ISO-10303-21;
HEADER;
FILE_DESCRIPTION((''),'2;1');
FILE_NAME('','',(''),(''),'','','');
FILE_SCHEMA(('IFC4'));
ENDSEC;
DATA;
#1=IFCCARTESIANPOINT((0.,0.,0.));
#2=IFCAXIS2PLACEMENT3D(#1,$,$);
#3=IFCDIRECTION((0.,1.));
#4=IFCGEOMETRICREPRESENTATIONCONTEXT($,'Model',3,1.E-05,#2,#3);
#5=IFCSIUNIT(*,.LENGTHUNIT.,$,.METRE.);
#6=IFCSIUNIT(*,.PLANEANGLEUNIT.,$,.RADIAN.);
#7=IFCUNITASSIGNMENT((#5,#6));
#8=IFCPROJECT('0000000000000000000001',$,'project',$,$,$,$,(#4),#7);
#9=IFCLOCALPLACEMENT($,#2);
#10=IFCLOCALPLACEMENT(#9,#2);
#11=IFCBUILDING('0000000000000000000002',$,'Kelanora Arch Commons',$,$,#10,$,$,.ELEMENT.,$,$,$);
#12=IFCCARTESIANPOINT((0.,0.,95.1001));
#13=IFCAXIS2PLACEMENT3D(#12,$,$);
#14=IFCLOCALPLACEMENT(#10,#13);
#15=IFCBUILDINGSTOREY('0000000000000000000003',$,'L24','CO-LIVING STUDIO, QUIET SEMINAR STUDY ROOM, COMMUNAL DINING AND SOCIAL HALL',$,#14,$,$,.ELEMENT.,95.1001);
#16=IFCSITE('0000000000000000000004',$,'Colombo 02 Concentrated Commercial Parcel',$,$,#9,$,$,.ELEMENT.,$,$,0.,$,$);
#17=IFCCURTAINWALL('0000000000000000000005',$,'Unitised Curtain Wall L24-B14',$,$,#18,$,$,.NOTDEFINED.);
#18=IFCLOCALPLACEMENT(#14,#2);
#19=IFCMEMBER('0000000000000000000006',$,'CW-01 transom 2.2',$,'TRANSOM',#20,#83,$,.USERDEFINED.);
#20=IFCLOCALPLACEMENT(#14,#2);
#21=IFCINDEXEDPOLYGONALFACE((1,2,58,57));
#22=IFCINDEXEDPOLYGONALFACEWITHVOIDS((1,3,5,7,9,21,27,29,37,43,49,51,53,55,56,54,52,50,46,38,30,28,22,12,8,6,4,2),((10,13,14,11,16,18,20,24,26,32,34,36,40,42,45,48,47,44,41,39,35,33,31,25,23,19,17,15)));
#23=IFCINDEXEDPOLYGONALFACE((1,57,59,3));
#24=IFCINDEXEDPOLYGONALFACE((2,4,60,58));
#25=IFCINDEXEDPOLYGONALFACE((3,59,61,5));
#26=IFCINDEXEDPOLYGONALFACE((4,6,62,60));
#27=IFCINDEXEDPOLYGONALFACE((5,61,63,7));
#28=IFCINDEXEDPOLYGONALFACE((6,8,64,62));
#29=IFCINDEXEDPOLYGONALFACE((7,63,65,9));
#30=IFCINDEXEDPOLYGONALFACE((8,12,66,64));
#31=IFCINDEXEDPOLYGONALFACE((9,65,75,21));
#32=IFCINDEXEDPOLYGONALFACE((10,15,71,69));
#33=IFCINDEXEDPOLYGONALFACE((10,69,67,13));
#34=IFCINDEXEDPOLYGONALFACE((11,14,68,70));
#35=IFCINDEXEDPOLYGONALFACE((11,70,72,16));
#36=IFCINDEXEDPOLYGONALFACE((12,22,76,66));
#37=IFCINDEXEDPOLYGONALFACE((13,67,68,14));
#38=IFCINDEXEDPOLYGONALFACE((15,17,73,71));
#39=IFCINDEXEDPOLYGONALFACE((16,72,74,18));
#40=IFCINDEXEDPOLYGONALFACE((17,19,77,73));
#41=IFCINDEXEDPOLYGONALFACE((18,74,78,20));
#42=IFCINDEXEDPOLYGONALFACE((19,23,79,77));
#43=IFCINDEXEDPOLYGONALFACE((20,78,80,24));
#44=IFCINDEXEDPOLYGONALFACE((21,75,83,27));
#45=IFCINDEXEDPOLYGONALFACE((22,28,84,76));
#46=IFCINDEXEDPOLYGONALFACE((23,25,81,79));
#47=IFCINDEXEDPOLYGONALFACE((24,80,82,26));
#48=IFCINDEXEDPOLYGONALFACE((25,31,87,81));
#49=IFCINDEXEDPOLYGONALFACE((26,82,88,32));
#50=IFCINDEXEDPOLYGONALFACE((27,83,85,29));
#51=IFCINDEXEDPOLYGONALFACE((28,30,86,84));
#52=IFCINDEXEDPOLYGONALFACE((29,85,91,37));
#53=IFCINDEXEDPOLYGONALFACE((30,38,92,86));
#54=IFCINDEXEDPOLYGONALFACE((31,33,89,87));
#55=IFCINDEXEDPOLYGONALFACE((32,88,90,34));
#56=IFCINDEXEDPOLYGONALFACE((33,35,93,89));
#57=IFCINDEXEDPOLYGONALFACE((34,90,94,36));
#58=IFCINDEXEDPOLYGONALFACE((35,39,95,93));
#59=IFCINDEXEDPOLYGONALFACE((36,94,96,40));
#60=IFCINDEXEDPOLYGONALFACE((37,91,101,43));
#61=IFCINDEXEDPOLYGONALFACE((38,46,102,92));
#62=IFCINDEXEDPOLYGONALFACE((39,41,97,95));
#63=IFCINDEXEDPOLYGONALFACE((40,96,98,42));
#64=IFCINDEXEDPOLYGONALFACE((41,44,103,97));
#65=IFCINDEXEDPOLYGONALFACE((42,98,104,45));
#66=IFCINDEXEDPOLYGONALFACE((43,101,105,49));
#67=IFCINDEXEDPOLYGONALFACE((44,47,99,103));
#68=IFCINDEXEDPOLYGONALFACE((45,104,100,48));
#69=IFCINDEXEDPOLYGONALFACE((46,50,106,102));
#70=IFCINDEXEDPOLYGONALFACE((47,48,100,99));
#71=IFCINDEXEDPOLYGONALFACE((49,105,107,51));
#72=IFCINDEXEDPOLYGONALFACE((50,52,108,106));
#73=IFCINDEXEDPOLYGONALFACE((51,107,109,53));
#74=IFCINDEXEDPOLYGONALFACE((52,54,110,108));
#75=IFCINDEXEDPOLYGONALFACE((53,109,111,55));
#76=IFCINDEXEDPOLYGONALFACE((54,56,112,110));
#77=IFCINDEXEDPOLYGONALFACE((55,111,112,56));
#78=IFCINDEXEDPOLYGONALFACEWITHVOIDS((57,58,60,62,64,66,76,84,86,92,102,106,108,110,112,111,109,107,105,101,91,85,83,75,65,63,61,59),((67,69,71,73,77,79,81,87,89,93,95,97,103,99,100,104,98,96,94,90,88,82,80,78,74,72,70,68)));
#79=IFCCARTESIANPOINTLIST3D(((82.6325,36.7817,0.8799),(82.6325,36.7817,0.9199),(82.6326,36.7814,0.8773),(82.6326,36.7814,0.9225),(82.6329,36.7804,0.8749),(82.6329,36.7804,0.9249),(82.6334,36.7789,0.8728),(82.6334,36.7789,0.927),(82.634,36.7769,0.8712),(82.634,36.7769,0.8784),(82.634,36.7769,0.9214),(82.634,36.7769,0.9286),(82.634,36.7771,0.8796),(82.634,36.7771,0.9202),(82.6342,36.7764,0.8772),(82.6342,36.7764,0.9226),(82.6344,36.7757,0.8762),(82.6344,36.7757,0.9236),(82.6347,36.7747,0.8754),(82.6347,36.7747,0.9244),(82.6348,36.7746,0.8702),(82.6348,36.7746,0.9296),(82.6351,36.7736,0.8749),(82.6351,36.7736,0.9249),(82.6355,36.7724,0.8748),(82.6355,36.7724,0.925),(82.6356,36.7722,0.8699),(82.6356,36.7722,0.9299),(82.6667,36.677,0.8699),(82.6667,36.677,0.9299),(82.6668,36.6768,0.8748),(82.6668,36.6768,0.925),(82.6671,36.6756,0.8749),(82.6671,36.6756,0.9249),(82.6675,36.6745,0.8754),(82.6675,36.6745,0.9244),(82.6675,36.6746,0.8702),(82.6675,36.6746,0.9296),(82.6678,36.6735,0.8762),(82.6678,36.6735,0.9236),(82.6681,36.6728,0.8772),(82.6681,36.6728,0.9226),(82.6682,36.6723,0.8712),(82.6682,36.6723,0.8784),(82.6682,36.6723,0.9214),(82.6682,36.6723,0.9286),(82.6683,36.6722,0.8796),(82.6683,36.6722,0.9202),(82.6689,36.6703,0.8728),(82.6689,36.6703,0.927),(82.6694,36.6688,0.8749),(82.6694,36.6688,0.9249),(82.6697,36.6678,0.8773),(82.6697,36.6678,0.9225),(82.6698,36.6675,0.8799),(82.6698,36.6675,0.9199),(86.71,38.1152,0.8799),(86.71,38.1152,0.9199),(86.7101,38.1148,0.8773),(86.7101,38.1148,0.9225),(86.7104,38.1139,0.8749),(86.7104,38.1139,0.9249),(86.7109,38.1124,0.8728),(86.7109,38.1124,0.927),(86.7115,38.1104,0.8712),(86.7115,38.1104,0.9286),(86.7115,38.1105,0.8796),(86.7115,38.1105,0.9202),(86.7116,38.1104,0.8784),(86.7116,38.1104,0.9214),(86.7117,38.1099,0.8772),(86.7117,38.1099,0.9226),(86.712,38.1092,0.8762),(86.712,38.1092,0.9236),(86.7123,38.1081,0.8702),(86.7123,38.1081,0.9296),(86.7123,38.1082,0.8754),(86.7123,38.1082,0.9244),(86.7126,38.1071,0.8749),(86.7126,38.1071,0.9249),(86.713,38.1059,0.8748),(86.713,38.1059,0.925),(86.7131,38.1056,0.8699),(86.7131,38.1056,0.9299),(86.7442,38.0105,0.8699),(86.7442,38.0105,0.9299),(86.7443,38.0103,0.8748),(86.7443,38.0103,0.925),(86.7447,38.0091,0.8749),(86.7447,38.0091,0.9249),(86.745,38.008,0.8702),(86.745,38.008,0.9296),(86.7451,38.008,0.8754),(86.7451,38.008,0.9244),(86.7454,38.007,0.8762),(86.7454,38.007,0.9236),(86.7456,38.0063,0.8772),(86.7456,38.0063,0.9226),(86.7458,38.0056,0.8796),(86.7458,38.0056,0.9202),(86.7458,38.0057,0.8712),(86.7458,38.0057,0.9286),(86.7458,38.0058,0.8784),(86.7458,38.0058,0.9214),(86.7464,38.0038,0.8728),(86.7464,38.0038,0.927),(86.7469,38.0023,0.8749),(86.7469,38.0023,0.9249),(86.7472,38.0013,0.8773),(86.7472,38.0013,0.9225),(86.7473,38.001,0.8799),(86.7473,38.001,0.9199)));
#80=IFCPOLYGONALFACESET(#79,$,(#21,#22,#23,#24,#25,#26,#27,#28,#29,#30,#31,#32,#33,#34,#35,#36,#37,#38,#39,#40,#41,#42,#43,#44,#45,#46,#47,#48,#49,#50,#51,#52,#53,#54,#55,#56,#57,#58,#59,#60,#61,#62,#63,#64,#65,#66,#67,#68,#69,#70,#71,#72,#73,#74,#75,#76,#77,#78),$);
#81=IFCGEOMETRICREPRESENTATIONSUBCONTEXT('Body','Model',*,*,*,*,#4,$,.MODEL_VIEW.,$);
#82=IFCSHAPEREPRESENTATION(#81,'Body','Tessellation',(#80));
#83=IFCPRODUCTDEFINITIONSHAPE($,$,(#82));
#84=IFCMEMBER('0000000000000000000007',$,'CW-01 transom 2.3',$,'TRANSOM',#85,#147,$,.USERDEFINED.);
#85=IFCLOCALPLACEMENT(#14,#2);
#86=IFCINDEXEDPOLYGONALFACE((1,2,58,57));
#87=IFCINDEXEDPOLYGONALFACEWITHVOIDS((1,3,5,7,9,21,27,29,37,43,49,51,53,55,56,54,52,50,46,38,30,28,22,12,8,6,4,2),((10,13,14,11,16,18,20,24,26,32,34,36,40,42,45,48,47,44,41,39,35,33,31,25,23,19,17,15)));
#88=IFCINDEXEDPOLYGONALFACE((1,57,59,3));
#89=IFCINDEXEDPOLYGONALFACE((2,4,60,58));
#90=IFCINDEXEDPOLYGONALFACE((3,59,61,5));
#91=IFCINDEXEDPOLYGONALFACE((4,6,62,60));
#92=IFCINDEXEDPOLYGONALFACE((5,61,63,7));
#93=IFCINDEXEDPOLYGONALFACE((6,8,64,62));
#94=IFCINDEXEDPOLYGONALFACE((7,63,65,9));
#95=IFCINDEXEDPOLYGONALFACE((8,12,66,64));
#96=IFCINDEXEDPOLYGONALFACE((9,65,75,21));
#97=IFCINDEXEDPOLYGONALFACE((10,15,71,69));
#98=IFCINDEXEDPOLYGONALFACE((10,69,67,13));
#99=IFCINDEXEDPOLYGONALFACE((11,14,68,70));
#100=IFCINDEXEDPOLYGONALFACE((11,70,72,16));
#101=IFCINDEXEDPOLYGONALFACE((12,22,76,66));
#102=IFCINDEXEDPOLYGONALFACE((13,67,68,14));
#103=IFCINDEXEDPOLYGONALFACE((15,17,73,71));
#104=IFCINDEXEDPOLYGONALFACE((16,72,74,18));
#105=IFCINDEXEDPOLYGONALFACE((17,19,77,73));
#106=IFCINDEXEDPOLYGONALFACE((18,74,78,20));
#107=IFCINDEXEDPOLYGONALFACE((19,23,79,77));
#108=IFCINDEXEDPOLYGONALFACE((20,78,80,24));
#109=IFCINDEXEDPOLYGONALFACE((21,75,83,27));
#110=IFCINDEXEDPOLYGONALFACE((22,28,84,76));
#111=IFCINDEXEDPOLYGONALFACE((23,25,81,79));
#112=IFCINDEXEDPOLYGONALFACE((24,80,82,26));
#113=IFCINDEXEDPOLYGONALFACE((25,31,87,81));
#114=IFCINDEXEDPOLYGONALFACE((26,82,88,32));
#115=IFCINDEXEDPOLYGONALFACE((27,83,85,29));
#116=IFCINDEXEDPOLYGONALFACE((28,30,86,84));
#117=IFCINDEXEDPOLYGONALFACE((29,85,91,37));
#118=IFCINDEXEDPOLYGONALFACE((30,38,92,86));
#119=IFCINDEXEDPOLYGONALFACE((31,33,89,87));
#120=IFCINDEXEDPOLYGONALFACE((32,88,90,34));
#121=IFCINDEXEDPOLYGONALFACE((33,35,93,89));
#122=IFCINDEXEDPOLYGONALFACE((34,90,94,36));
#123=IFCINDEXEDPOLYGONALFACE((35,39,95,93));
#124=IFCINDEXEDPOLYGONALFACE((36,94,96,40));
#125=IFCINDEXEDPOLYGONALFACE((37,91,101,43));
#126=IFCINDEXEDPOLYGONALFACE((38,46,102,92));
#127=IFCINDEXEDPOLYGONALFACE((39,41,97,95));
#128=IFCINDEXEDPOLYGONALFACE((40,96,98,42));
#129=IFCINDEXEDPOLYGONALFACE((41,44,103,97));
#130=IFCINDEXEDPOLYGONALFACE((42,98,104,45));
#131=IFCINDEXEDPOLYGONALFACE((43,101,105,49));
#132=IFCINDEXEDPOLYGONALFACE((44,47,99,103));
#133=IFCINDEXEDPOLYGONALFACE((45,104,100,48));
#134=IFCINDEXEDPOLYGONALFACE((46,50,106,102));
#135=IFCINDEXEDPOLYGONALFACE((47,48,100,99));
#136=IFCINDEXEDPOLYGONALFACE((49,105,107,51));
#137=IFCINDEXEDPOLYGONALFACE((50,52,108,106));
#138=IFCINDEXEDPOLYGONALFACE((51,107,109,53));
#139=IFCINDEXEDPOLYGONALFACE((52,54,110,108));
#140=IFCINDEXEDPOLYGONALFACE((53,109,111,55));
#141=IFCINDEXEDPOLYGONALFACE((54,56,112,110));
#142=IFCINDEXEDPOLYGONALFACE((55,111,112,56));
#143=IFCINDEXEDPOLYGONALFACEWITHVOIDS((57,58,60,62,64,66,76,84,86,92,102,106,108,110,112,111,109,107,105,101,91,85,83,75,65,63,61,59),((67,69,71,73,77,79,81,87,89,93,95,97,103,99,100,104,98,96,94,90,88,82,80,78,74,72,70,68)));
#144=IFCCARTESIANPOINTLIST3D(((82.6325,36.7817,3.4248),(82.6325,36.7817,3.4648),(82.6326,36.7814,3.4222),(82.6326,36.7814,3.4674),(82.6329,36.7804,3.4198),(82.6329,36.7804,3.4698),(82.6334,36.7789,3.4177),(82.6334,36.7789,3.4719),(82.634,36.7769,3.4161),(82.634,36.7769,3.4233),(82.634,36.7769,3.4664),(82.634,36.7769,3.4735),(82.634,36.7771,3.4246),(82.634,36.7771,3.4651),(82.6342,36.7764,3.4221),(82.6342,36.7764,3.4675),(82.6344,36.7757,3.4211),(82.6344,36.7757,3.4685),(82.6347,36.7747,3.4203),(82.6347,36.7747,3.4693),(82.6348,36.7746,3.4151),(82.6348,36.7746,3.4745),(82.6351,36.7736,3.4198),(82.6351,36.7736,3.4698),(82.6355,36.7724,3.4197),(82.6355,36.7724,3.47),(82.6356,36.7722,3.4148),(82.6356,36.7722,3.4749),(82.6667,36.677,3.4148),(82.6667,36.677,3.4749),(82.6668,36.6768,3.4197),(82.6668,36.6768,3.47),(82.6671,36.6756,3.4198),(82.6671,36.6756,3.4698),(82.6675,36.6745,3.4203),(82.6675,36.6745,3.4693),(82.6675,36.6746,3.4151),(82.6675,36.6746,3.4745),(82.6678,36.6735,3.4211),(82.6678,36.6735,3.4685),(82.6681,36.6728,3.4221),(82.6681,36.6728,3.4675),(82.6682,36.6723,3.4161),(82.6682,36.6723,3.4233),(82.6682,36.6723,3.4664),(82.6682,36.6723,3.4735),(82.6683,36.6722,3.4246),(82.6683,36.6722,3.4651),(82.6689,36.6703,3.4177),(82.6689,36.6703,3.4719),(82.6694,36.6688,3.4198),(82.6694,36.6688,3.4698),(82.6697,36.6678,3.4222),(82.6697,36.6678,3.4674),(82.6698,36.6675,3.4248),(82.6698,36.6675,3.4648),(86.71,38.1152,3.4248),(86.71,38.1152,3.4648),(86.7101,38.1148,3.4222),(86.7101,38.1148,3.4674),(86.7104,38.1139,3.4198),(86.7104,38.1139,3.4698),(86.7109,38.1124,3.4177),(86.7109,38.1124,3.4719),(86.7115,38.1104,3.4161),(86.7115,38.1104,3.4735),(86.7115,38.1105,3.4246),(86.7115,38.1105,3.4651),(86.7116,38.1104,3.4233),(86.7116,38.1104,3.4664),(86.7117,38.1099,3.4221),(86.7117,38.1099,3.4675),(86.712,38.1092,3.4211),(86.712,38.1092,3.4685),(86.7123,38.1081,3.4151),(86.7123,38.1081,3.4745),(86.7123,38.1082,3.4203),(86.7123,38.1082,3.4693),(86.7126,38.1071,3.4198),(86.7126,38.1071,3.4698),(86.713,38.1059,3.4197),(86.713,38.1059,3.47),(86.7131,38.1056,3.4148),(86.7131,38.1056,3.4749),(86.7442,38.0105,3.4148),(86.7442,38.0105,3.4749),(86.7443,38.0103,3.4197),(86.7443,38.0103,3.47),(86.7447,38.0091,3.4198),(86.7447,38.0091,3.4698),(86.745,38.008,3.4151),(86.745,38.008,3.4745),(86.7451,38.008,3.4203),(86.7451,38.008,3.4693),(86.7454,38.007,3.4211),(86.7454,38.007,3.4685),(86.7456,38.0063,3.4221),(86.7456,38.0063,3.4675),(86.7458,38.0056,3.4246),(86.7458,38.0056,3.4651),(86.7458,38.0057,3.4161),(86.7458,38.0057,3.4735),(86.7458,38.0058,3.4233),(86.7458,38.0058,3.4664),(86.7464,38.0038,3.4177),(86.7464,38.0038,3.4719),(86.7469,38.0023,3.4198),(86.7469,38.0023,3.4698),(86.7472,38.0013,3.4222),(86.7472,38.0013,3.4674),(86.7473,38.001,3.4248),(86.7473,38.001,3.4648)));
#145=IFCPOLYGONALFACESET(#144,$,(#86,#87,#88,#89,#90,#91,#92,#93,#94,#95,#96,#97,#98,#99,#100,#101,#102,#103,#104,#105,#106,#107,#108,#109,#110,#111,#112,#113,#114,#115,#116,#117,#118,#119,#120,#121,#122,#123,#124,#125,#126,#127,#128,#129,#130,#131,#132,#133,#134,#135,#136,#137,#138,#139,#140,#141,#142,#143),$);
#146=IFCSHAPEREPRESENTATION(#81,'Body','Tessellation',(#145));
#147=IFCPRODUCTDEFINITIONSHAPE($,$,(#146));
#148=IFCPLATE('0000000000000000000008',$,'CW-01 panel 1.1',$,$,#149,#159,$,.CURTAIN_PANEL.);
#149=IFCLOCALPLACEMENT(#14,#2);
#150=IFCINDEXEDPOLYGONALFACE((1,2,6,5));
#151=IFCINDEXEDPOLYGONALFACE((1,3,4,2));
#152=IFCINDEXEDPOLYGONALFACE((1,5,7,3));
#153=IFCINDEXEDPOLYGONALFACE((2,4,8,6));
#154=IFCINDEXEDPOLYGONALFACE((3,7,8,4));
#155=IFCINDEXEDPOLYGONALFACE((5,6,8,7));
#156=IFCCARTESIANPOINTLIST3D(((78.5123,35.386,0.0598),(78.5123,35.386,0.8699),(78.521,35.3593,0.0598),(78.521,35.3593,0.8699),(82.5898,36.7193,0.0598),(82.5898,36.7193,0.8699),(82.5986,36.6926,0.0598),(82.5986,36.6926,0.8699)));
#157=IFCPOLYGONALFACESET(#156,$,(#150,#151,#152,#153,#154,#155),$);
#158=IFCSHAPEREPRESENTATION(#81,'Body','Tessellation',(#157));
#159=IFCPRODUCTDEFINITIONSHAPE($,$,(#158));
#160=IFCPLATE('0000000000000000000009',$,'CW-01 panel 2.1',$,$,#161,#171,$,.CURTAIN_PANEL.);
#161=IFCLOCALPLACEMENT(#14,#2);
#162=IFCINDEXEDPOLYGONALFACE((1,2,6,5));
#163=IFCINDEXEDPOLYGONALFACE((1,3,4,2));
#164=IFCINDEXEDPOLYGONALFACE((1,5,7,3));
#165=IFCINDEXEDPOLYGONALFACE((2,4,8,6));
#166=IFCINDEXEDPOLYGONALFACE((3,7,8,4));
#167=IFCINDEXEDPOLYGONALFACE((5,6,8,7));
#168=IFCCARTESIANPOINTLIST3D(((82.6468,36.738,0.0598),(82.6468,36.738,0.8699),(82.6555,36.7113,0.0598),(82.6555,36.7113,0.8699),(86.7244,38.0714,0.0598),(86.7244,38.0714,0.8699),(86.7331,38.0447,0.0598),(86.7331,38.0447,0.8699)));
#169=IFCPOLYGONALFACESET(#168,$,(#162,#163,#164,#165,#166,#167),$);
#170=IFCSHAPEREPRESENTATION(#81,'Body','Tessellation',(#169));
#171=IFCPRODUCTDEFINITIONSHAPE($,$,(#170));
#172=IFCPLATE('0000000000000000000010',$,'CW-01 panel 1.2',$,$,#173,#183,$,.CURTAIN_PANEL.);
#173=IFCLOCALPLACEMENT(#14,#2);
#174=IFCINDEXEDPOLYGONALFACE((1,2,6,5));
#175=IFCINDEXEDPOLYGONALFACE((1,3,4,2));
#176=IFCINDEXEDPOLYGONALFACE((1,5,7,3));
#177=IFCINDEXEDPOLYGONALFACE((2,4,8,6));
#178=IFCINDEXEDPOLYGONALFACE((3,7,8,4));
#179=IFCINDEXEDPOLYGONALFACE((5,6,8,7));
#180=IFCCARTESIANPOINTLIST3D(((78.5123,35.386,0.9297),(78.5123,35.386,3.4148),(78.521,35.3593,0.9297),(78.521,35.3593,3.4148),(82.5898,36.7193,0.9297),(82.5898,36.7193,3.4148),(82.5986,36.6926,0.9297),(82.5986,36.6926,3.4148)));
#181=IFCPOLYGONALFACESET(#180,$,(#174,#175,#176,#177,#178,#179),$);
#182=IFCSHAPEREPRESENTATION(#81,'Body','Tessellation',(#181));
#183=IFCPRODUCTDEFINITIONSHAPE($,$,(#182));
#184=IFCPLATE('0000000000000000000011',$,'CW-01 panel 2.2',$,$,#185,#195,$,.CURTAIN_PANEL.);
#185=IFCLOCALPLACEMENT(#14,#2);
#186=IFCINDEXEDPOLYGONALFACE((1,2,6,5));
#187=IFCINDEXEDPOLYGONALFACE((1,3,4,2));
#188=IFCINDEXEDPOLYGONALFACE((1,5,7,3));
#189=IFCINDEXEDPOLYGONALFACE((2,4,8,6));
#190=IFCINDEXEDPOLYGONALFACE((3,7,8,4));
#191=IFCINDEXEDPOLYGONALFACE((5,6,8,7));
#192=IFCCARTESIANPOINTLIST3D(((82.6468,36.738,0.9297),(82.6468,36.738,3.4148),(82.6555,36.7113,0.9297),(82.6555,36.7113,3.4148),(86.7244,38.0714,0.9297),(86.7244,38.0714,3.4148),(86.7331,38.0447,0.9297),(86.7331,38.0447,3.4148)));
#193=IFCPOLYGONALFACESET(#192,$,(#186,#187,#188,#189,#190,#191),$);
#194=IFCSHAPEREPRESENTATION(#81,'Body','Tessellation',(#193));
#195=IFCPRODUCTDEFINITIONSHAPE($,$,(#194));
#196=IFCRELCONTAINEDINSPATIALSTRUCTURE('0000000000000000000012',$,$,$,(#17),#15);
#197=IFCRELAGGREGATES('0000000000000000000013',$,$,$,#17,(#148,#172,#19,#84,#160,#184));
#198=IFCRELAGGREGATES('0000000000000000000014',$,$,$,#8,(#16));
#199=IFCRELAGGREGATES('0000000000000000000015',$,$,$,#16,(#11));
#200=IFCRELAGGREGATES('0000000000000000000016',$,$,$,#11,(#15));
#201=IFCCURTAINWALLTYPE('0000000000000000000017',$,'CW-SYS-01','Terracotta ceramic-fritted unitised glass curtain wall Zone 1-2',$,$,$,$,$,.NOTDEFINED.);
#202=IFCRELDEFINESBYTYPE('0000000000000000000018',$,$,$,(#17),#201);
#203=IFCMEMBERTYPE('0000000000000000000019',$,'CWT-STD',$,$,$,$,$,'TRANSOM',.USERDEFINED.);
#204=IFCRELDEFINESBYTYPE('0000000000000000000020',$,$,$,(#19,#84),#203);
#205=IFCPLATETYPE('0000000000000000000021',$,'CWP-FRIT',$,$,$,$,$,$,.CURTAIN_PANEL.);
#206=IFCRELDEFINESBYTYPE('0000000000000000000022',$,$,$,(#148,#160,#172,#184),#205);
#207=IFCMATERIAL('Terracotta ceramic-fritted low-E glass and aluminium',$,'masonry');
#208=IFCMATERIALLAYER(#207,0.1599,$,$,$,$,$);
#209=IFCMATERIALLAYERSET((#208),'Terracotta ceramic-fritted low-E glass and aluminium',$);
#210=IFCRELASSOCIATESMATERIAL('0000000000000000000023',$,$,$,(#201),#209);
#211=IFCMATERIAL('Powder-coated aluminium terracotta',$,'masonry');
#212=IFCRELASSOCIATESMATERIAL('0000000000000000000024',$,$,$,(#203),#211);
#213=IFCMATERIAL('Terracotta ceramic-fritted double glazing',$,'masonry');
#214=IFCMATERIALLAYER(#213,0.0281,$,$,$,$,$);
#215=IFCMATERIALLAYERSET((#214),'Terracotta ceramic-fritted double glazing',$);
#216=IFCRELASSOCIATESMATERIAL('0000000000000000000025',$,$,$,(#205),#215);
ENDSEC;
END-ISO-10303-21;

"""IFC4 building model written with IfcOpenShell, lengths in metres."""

from ifc_helpers import new_model, si_unit, direction, frame, origin, origin_2d, place, context, subcontext, project, spatial, rectangle, hollow_rectangle, extrude, source, transform, mapped, material, layer, layer_set, material_profile, profile_set, type_object, element, aggregate, save


model = new_model("IFC4")

# Units and contexts
model_context = context("Model", 3, precision=1e-05, world=origin(), true_north=direction((0.0, 1.0)))
body_context = subcontext(model_context, "Body", "Model", "MODEL_VIEW")
ifc_project = project(units=[si_unit("LENGTHUNIT", "METRE"), si_unit("PLANEANGLEUNIT", "RADIAN")], contexts=[model_context])

# Site, building, storey
site_placement = place(None, origin())
site = spatial("IfcSite", under=ifc_project, at=site_placement, Name="Colombo 02 Concentrated Commercial Parcel", CompositionType="ELEMENT", RefElevation=0.0)
building_placement = place(site_placement, origin())
building = spatial("IfcBuilding", under=site, at=building_placement, Name="Kelanora Arch Commons", CompositionType="ELEMENT")
storey_placement = place(building_placement, frame((0.0, 0.0, 95.1001)))
storey = spatial("IfcBuildingStorey", under=building, at=storey_placement, Name="L24", Description="CO-LIVING STUDIO, QUIET SEMINAR STUDY ROOM, COMMUNAL DINING AND SOCIAL HALL", CompositionType="ELEMENT", Elevation=95.1001)

# Curtain wall, members, plates
ifc_material_1 = material(Name="Terracotta ceramic-fritted low-E glass and aluminium", Category="masonry")
ifc_layer_1 = layer(ifc_material_1, 0.1599)
ifc_layer_set_1 = layer_set([ifc_layer_1], Name="Terracotta ceramic-fritted low-E glass and aluminium")
curtain_wall_type = type_object("IfcCurtainWallType", Name="CW-SYS-01", Description="Terracotta ceramic-fritted unitised glass curtain wall Zone 1-2", PredefinedType="NOTDEFINED", material=ifc_layer_set_1)
curtain_wall_placement = place(storey_placement, origin())
curtain_wall = element("IfcCurtainWall", 1, at=curtain_wall_placement, inside=storey, type_object=curtain_wall_type, Name="Unitised Curtain Wall L24-B14", PredefinedType="NOTDEFINED")
ifc_material_2 = material(Name="Powder-coated aluminium terracotta", Category="masonry")
ifc_material_profile_1 = material_profile(ifc_material_2, hollow_rectangle(XDim=0.1201, YDim=0.0601, WallThickness=0.0049, InnerFilletRadius=0.0049, OuterFilletRadius=0.01, at=origin_2d()), Name="CWT120x60")
ifc_profile_set_1 = profile_set([ifc_material_profile_1], Name="Powder-coated aluminium terracotta")
member_type_1 = type_object("IfcMemberType", Name="CWT-STD", ElementType="TRANSOM", PredefinedType="USERDEFINED", material=ifc_profile_set_1)
member_1_placement = place(storey_placement, frame((82.6511, 36.7246, 0.8999), z_axis=(0.950466, 0.310828, 0.0), x_axis=(-0.310828, 0.950466, 0.0)))
member_1 = element("IfcMember", 2, at=member_1_placement, type_object=member_type_1, Name="CW-01 transom 2.2", ObjectType="TRANSOM", PredefinedType="USERDEFINED", context=body_context, shape_type="SweptSolid", body=[
    extrude(hollow_rectangle(XDim=0.1201, YDim=0.0601, WallThickness=0.0049, InnerFilletRadius=0.0049, OuterFilletRadius=0.01, at=origin_2d()), origin(), (0.0, 0.0, 1.0), 4.29),
])
member_2_placement = place(storey_placement, frame((82.6511, 36.7246, 3.4448), z_axis=(0.950466, 0.310828, 0.0), x_axis=(-0.310828, 0.950466, 0.0)))
member_2 = element("IfcMember", 3, at=member_2_placement, type_object=member_type_1, Name="CW-01 transom 2.3", ObjectType="TRANSOM", PredefinedType="USERDEFINED", context=body_context, shape_type="SweptSolid", body=[
    extrude(hollow_rectangle(XDim=0.1201, YDim=0.0601, WallThickness=0.0049, InnerFilletRadius=0.0049, OuterFilletRadius=0.01, at=origin_2d()), origin(), (0.0, 0.0, 1.0), 4.29),
])
ifc_material_3 = material(Name="Terracotta ceramic-fritted double glazing", Category="masonry")
ifc_layer_2 = layer(ifc_material_3, 0.0281)
ifc_layer_set_2 = layer_set([ifc_layer_2], Name="Terracotta ceramic-fritted double glazing")
plate_type = type_object("IfcPlateType", Name="CWP-FRIT", PredefinedType="CURTAIN_PANEL", material=ifc_layer_set_2)
shared_shape_1 = source(origin(), body_context, "Body", "SweptSolid", [
    extrude(rectangle(XDim=4.29, YDim=0.0281, at=origin_2d()), origin(), (0.0, 0.0, 1.0), 0.8101),
])
plate_1_placement = place(storey_placement, frame((80.5554, 36.0393, 0.0598), z_axis=(0.0, 0.0, 1.0), x_axis=(0.950474, 0.310805, 0.0)))
plate_1 = element("IfcPlate", 4, at=plate_1_placement, type_object=plate_type, Name="CW-01 panel 1.1", PredefinedType="CURTAIN_PANEL", context=body_context, shape_type="MappedRepresentation", body=[
    mapped(shared_shape_1, transform((0.0, 0.0, 0.0), scale=1.0)),
])
plate_2_placement = place(storey_placement, frame((84.6899, 37.3914, 0.0598), z_axis=(0.0, 0.0, 1.0), x_axis=(0.950474, 0.310805, 0.0)))
plate_2 = element("IfcPlate", 5, at=plate_2_placement, type_object=plate_type, Name="CW-01 panel 2.1", PredefinedType="CURTAIN_PANEL", context=body_context, shape_type="MappedRepresentation", body=[
    mapped(shared_shape_1, transform((0.0, 0.0, 0.0), scale=1.0)),
])
shared_shape_2 = source(origin(), body_context, "Body", "SweptSolid", [
    extrude(rectangle(XDim=4.29, YDim=0.0281, at=origin_2d()), origin(), (0.0, 0.0, 1.0), 2.4851),
])
plate_3_placement = place(storey_placement, frame((80.5554, 36.0393, 0.9297), z_axis=(0.0, 0.0, 1.0), x_axis=(0.950474, 0.310805, 0.0)))
plate_3 = element("IfcPlate", 6, at=plate_3_placement, type_object=plate_type, Name="CW-01 panel 1.2", PredefinedType="CURTAIN_PANEL", context=body_context, shape_type="MappedRepresentation", body=[
    mapped(shared_shape_2, transform((0.0, 0.0, 0.0), scale=1.0)),
])
plate_4_placement = place(storey_placement, frame((84.6899, 37.3914, 0.9297), z_axis=(0.0, 0.0, 1.0), x_axis=(0.950474, 0.310805, 0.0)))
plate_4 = element("IfcPlate", 7, at=plate_4_placement, type_object=plate_type, Name="CW-01 panel 2.2", PredefinedType="CURTAIN_PANEL", context=body_context, shape_type="MappedRepresentation", body=[
    mapped(shared_shape_2, transform((0.0, 0.0, 0.0), scale=1.0)),
])
aggregate(curtain_wall, [plate_1, plate_3, member_1, member_2, plate_2, plate_4])

save(model, "model.ifc")
